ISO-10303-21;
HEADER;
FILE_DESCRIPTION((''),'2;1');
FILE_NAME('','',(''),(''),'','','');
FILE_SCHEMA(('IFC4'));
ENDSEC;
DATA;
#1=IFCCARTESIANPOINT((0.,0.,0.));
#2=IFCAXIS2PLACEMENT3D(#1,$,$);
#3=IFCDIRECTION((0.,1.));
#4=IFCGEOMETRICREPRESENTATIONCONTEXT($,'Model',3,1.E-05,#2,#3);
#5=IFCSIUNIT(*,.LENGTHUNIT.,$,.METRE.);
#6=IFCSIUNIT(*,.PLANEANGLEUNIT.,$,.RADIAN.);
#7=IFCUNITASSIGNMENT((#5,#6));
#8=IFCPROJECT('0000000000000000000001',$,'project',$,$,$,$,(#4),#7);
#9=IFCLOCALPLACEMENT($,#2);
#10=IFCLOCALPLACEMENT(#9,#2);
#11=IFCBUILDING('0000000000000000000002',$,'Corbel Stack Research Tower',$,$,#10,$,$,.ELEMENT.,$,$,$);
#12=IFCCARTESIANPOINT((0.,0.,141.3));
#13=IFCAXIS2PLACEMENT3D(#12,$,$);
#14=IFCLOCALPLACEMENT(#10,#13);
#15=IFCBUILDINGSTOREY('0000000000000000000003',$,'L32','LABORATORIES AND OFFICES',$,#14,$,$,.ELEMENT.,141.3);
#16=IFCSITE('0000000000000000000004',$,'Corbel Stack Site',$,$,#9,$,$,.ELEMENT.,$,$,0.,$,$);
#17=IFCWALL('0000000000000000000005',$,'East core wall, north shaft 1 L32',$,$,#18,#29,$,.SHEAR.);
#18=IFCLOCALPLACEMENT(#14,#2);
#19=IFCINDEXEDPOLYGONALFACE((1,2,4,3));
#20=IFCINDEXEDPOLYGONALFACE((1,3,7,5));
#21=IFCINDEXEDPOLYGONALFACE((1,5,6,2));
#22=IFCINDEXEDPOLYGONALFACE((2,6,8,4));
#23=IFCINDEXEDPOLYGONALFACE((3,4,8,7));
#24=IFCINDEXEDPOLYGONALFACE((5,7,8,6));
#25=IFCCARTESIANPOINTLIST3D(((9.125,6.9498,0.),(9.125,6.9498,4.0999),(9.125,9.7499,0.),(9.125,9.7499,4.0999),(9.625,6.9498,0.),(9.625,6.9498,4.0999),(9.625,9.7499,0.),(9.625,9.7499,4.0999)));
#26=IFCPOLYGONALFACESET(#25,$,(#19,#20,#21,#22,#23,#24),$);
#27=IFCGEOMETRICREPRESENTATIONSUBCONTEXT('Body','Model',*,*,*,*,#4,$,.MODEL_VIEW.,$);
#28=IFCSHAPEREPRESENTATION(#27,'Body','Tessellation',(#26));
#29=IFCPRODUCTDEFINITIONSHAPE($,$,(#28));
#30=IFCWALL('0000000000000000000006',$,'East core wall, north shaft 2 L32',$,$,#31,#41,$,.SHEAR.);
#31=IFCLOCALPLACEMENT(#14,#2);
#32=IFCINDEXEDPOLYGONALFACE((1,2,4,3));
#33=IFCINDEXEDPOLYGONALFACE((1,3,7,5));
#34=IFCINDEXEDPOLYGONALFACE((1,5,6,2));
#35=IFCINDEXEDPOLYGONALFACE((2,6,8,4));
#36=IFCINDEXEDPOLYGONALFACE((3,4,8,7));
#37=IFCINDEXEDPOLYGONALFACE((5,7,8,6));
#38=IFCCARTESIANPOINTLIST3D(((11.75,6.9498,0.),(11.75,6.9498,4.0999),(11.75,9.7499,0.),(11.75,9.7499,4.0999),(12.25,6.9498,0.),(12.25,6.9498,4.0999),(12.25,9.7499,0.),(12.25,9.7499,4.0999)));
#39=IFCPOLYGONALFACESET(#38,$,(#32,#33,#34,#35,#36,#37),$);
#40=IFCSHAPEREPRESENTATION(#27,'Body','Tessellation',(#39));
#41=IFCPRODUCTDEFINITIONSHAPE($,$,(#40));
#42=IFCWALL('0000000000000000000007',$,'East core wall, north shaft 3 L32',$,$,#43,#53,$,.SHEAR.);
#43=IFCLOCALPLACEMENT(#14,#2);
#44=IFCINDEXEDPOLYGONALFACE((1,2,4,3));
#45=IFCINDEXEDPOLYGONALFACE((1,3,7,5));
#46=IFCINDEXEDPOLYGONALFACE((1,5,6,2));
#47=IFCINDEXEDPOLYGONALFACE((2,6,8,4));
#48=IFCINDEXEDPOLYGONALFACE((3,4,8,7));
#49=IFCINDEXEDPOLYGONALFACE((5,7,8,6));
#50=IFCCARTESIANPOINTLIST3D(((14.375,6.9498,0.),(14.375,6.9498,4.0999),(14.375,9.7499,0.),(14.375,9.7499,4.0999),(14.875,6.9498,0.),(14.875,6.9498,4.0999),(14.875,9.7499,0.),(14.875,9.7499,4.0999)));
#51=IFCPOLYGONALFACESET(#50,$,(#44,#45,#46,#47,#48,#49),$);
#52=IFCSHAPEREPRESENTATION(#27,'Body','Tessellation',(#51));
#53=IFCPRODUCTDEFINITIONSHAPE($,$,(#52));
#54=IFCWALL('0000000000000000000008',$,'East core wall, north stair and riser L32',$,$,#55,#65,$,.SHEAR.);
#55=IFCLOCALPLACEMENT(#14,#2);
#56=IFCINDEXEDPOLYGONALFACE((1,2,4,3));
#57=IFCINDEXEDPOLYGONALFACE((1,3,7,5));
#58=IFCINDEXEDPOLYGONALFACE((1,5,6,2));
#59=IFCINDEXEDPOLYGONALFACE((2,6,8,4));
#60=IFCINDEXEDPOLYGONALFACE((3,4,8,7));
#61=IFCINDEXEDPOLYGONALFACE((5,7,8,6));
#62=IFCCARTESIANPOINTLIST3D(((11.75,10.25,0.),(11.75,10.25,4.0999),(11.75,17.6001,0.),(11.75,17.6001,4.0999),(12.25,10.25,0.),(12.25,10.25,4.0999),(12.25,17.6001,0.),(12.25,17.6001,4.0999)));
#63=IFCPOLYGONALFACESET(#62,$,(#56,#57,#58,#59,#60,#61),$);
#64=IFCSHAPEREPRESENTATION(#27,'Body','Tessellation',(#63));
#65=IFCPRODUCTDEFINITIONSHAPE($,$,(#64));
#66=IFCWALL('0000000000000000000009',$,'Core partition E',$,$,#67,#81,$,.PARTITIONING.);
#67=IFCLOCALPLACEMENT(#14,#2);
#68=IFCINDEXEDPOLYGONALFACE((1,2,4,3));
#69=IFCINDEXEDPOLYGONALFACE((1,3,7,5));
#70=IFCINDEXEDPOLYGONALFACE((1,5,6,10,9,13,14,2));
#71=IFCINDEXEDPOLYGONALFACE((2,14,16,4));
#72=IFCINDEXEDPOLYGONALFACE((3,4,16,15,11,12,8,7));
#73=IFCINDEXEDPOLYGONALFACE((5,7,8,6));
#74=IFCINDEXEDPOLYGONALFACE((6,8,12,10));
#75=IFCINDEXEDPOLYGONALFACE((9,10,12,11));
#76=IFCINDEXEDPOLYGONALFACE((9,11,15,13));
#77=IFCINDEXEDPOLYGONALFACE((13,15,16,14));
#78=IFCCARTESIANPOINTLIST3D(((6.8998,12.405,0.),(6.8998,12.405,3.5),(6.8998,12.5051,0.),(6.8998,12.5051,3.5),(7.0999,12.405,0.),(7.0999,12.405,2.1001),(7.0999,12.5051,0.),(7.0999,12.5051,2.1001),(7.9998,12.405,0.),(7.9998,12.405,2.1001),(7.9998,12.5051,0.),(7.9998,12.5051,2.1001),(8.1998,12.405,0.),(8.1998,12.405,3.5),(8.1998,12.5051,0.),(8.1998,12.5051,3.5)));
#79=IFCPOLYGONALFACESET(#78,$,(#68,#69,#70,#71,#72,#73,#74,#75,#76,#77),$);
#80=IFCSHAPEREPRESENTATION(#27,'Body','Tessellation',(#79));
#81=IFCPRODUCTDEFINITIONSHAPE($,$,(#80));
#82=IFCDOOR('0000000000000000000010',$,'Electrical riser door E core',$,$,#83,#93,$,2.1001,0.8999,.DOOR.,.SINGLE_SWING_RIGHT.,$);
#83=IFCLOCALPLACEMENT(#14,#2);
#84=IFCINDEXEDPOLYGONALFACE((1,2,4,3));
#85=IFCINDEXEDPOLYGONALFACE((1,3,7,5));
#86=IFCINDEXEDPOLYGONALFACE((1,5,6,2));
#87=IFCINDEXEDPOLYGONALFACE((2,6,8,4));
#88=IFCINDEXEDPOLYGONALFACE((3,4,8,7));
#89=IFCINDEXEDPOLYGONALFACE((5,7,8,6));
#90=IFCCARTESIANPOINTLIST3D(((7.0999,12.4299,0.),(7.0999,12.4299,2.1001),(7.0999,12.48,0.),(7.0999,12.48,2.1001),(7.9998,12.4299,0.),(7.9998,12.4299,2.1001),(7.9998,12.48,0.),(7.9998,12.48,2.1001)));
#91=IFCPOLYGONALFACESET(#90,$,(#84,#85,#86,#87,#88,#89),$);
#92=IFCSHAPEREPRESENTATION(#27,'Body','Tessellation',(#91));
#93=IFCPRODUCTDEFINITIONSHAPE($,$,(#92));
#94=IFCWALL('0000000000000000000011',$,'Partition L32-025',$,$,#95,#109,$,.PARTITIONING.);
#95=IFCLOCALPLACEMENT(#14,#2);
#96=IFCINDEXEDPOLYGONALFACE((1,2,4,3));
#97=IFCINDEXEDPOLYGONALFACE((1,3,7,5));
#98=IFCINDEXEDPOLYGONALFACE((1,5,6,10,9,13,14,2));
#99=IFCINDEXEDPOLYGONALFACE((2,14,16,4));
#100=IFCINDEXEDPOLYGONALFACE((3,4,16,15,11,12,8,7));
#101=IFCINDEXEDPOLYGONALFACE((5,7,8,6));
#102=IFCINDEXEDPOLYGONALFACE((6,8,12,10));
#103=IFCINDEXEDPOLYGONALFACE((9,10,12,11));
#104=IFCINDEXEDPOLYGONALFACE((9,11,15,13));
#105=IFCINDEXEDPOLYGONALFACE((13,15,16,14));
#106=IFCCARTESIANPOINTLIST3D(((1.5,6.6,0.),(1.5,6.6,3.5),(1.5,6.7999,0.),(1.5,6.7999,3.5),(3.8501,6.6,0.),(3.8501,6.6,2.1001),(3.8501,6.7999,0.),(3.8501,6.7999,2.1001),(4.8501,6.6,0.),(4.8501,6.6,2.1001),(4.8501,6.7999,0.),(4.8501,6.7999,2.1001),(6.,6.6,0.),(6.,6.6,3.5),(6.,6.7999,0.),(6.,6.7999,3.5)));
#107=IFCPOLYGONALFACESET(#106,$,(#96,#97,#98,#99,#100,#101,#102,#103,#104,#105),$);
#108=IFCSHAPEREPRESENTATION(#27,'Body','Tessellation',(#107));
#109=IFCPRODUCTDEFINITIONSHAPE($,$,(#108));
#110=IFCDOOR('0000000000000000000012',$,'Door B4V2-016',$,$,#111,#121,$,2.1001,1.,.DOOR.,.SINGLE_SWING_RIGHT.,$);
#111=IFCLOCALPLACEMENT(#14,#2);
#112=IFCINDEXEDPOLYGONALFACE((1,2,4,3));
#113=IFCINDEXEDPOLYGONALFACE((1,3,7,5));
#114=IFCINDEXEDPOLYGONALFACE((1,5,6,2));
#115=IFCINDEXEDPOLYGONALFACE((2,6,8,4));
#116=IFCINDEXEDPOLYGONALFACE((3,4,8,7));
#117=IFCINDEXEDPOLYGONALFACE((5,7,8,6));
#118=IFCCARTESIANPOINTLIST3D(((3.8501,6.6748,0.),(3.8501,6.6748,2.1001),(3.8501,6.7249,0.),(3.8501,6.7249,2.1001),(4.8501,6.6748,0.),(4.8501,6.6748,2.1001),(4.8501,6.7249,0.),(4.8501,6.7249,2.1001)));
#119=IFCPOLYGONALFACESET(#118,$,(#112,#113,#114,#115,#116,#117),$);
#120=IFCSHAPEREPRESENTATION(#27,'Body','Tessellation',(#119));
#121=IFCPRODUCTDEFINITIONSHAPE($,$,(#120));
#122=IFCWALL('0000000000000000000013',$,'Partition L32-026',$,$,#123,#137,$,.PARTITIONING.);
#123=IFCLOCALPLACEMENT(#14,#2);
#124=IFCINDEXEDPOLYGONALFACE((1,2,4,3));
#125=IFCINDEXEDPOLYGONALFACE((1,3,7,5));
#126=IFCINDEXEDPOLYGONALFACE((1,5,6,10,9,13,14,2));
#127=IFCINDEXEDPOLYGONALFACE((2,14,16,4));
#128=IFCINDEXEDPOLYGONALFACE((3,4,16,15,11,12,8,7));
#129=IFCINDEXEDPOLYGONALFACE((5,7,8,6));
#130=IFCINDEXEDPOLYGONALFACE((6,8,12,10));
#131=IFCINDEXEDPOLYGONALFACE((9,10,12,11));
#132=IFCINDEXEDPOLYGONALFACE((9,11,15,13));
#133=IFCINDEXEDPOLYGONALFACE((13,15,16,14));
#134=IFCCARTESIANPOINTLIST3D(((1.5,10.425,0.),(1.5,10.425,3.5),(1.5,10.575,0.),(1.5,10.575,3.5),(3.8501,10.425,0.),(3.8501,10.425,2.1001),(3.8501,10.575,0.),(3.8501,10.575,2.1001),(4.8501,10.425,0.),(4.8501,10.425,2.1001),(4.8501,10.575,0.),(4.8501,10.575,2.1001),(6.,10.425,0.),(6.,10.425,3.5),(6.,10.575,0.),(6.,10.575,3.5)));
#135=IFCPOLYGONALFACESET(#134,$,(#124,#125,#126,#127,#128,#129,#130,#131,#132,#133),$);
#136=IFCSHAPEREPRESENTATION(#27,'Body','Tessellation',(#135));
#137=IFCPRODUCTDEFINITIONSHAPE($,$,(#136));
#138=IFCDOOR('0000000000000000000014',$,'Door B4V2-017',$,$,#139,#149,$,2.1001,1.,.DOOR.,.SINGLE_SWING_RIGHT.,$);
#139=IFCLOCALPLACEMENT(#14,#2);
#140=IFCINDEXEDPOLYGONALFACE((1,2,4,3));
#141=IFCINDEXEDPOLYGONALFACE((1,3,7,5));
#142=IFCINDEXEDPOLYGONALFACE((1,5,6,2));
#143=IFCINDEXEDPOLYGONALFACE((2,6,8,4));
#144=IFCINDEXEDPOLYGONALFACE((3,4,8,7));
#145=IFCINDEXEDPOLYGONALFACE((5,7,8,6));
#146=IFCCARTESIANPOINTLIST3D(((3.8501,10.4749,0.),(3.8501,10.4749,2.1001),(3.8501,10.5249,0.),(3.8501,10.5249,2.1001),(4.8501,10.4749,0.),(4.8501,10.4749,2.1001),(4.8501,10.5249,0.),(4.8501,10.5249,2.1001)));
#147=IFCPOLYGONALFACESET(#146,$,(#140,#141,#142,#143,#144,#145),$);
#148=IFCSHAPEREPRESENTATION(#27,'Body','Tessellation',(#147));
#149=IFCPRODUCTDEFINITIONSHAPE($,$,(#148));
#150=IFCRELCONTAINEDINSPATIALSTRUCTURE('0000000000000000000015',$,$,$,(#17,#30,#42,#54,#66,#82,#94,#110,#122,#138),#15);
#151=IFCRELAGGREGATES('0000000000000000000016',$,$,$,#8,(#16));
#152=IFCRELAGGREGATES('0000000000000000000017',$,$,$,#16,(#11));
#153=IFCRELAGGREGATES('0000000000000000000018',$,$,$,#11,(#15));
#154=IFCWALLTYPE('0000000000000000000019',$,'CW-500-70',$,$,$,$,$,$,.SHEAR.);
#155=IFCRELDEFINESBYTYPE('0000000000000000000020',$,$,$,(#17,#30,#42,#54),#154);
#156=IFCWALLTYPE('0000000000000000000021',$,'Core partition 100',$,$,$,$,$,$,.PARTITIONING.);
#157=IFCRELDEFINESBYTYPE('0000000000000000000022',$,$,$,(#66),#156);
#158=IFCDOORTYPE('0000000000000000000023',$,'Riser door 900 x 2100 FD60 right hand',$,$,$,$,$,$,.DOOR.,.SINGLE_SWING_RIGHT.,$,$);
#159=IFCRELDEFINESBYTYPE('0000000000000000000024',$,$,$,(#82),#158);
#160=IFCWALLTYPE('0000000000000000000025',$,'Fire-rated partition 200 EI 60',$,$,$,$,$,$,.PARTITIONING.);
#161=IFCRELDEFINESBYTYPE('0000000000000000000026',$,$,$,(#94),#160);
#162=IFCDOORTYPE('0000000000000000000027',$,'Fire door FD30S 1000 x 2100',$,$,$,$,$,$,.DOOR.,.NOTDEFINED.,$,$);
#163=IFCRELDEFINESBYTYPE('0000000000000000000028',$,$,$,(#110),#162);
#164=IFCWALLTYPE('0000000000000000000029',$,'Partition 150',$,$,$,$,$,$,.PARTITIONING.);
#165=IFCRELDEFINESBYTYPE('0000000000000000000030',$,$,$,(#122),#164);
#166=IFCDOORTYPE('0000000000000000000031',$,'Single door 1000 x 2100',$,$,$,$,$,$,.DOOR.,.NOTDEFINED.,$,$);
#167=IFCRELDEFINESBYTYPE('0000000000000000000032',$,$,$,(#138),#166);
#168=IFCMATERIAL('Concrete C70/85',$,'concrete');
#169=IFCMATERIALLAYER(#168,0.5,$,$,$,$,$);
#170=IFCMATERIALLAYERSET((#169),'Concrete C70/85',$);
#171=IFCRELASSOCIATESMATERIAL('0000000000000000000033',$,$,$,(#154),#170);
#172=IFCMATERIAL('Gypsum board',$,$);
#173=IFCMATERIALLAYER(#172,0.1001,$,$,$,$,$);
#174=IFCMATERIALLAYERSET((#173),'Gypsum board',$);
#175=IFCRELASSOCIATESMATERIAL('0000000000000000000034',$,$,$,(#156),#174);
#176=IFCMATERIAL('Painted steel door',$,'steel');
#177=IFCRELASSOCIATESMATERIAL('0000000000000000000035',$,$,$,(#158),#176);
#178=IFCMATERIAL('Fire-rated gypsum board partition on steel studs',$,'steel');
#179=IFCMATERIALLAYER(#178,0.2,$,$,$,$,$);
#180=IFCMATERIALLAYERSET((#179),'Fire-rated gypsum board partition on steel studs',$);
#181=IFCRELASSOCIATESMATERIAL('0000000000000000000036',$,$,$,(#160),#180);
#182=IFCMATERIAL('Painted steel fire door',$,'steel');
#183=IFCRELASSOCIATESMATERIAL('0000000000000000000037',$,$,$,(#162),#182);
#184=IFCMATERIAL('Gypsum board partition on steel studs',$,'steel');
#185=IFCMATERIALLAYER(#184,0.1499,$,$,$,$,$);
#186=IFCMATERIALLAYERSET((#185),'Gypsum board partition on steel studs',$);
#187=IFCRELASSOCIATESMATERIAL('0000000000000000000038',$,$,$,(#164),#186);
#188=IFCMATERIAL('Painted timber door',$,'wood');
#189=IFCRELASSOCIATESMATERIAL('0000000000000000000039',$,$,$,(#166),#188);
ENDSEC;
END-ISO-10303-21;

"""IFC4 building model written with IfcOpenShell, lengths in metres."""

from ifc_helpers import new_model, si_unit, direction, frame, frame_2d, origin, place, context, subcontext, project, spatial, rectangle, extrude, material, layer, layer_set, type_object, element, fill, save


model = new_model("IFC4")

# Units and contexts
model_context = context("Model", 3, precision=1e-05, world=origin(), true_north=direction((0.0, 1.0)))
body_context = subcontext(model_context, "Body", "Model", "MODEL_VIEW")
ifc_project = project(units=[si_unit("LENGTHUNIT", "METRE"), si_unit("PLANEANGLEUNIT", "RADIAN")], contexts=[model_context])

# Site, building, storey
site_placement = place(None, origin())
site = spatial("IfcSite", under=ifc_project, at=site_placement, Name="Corbel Stack Site", CompositionType="ELEMENT", RefElevation=0.0)
building_placement = place(site_placement, origin())
building = spatial("IfcBuilding", under=site, at=building_placement, Name="Corbel Stack Research Tower", CompositionType="ELEMENT")
storey_placement = place(building_placement, frame((0.0, 0.0, 141.3)))
storey = spatial("IfcBuildingStorey", under=building, at=storey_placement, Name="L32", Description="LABORATORIES AND OFFICES", CompositionType="ELEMENT", Elevation=141.3)

# Shared definitions
ifc_material_1 = material(Name="Concrete C70/85", Category="concrete")
ifc_layer_1 = layer(ifc_material_1, 0.5)
ifc_layer_set_1 = layer_set([ifc_layer_1], Name="Concrete C70/85")
wall_type_1 = type_object("IfcWallType", Name="CW-500-70", PredefinedType="SHEAR", material=ifc_layer_set_1)

# Walls
for number, where, z_axis, x_axis, name in (
    (1, (9.375, 6.95, 0.0), (0.0, 0.0, 1.0), (0.0, 1.0, 0.0), "East core wall, north shaft 1 L32"),
    (2, (12.0, 6.95, 0.0), (0.0, 0.0, 1.0), (0.0, 1.0, 0.0), "East core wall, north shaft 2 L32"),
    (3, (14.625, 6.95, 0.0), (0.0, 0.0, 1.0), (0.0, 1.0, 0.0), "East core wall, north shaft 3 L32"),
):
    element("IfcWall", number, at=place(storey_placement, frame(where, z_axis=z_axis, x_axis=x_axis)), inside=storey, type_object=wall_type_1, Name=name, PredefinedType="SHEAR", context=body_context, shape_type="SweptSolid", body=[
        extrude(rectangle(XDim=2.8, YDim=0.5, at=frame_2d((1.3999, 0.0))), origin(), (0.0, 0.0, 1.0), 4.0999),
    ])
wall_1_placement = place(storey_placement, frame((12.0, 10.25, 0.0), z_axis=(0.0, 0.0, 1.0), x_axis=(0.0, 1.0, 0.0)))
element("IfcWall", 4, at=wall_1_placement, inside=storey, type_object=wall_type_1, Name="East core wall, north stair and riser L32", PredefinedType="SHEAR", context=body_context, shape_type="SweptSolid", body=[
    extrude(rectangle(XDim=7.3501, YDim=0.5, at=frame_2d((3.675, 0.0))), origin(), (0.0, 0.0, 1.0), 4.0999),
])

# Walls, openings, doors
ifc_material_2 = material(Name="Gypsum board")
ifc_layer_2 = layer(ifc_material_2, 0.1001)
ifc_layer_set_2 = layer_set([ifc_layer_2], Name="Gypsum board")
wall_type_2 = type_object("IfcWallType", Name="Core partition 100", PredefinedType="PARTITIONING", material=ifc_layer_set_2)
wall_2_placement = place(storey_placement, frame((6.8999, 12.4551, 0.0), z_axis=(0.0, 0.0, 1.0), x_axis=(1.0, 0.0, 0.0)))
wall_2 = element("IfcWall", 5, at=wall_2_placement, inside=storey, type_object=wall_type_2, Name="Core partition E", PredefinedType="PARTITIONING", context=body_context, shape_type="SweptSolid", body=[
    extrude(rectangle(XDim=1.3, YDim=0.1001, at=frame_2d((0.6499, 0.0))), origin(), (0.0, 0.0, 1.0), 3.5),
])
opening_1_placement = place(wall_2_placement, frame((0.2, 0.0, 0.0)))
opening_1 = element("IfcOpeningElement", 6, at=opening_1_placement, cuts=wall_2, PredefinedType="OPENING", context=body_context, shape_type="SweptSolid", body=[
    extrude(rectangle(XDim=0.8999, YDim=2.1001, at=frame_2d((0.45, 1.05))), frame((0.0, 0.0601, 0.0), z_axis=(0.0, -1.0, 0.0), x_axis=(1.0, 0.0, 0.0)), (0.0, 0.0, 1.0), 0.1201),
])
ifc_material_3 = material(Name="Painted steel door", Category="steel")
door_type_1 = type_object("IfcDoorType", Name="Riser door 900 x 2100 FD60 right hand", OperationType="SINGLE_SWING_RIGHT", PredefinedType="DOOR", material=ifc_material_3)
door_1_placement = place(opening_1_placement, origin())
door_1 = element("IfcDoor", 7, at=door_1_placement, inside=storey, type_object=door_type_1, Name="Electrical riser door E core", OperationType="SINGLE_SWING_RIGHT", OverallHeight=2.1001, OverallWidth=0.8999, PredefinedType="DOOR", context=body_context, shape_type="SweptSolid", body=[
    extrude(rectangle(XDim=0.8999, YDim=2.1001, at=frame_2d((0.45, 1.05))), frame((0.0, 0.0249, 0.0), z_axis=(0.0, -1.0, 0.0), x_axis=(1.0, 0.0, 0.0)), (0.0, 0.0, 1.0), 0.05),
])
fill(opening_1, door_1)
ifc_material_4 = material(Name="Fire-rated gypsum board partition on steel studs", Category="steel")
ifc_layer_3 = layer(ifc_material_4, 0.2)
ifc_layer_set_3 = layer_set([ifc_layer_3], Name="Fire-rated gypsum board partition on steel studs")
wall_type_3 = type_object("IfcWallType", Name="Fire-rated partition 200 EI 60", PredefinedType="PARTITIONING", material=ifc_layer_set_3)
wall_3_placement = place(storey_placement, frame((1.5, 6.7, 0.0), z_axis=(0.0, 0.0, 1.0), x_axis=(1.0, 0.0, 0.0)))
wall_3 = element("IfcWall", 8, at=wall_3_placement, inside=storey, type_object=wall_type_3, Name="Partition L32-025", PredefinedType="PARTITIONING", context=body_context, shape_type="SweptSolid", body=[
    extrude(rectangle(XDim=4.5, YDim=0.2, at=frame_2d((2.25, 0.0))), origin(), (0.0, 0.0, 1.0), 3.5),
])
opening_2_placement = place(wall_3_placement, frame((2.3501, 0.0, 0.0)))
opening_2 = element("IfcOpeningElement", 9, at=opening_2_placement, cuts=wall_3, PredefinedType="OPENING", context=body_context, shape_type="SweptSolid", body=[
    extrude(rectangle(XDim=1.0, YDim=2.1001, at=frame_2d((0.5, 1.05))), frame((0.0, 0.1099, 0.0), z_axis=(0.0, -1.0, 0.0), x_axis=(1.0, 0.0, 0.0)), (0.0, 0.0, 1.0), 0.22),
])
ifc_material_5 = material(Name="Painted steel fire door", Category="steel")
door_type_2 = type_object("IfcDoorType", Name="Fire door FD30S 1000 x 2100", OperationType="NOTDEFINED", PredefinedType="DOOR", material=ifc_material_5)
door_2_placement = place(opening_2_placement, origin())
door_2 = element("IfcDoor", 10, at=door_2_placement, inside=storey, type_object=door_type_2, Name="Door B4V2-016", OperationType="SINGLE_SWING_RIGHT", OverallHeight=2.1001, OverallWidth=1.0, PredefinedType="DOOR", context=body_context, shape_type="SweptSolid", body=[
    extrude(rectangle(XDim=1.0, YDim=2.1001, at=frame_2d((0.5, 1.05))), frame((0.0, 0.0249, 0.0), z_axis=(0.0, -1.0, 0.0), x_axis=(1.0, 0.0, 0.0)), (0.0, 0.0, 1.0), 0.05),
])
fill(opening_2, door_2)
ifc_material_6 = material(Name="Gypsum board partition on steel studs", Category="steel")
ifc_layer_4 = layer(ifc_material_6, 0.1499)
ifc_layer_set_4 = layer_set([ifc_layer_4], Name="Gypsum board partition on steel studs")
wall_type_4 = type_object("IfcWallType", Name="Partition 150", PredefinedType="PARTITIONING", material=ifc_layer_set_4)
wall_4_placement = place(storey_placement, frame((1.5, 10.5, 0.0), z_axis=(0.0, 0.0, 1.0), x_axis=(1.0, 0.0, 0.0)))
wall_4 = element("IfcWall", 11, at=wall_4_placement, inside=storey, type_object=wall_type_4, Name="Partition L32-026", PredefinedType="PARTITIONING", context=body_context, shape_type="SweptSolid", body=[
    extrude(rectangle(XDim=4.5, YDim=0.1499, at=frame_2d((2.25, 0.0))), origin(), (0.0, 0.0, 1.0), 3.5),
])
opening_3_placement = place(wall_4_placement, frame((2.3501, 0.0, 0.0)))
opening_3 = element("IfcOpeningElement", 12, at=opening_3_placement, cuts=wall_4, PredefinedType="OPENING", context=body_context, shape_type="SweptSolid", body=[
    extrude(rectangle(XDim=1.0, YDim=2.1001, at=frame_2d((0.5, 1.05))), frame((0.0, 0.085, 0.0), z_axis=(0.0, -1.0, 0.0), x_axis=(1.0, 0.0, 0.0)), (0.0, 0.0, 1.0), 0.1699),
])
ifc_material_7 = material(Name="Painted timber door", Category="wood")
door_type_3 = type_object("IfcDoorType", Name="Single door 1000 x 2100", OperationType="NOTDEFINED", PredefinedType="DOOR", material=ifc_material_7)
door_3_placement = place(opening_3_placement, origin())
door_3 = element("IfcDoor", 13, at=door_3_placement, inside=storey, type_object=door_type_3, Name="Door B4V2-017", OperationType="SINGLE_SWING_RIGHT", OverallHeight=2.1001, OverallWidth=1.0, PredefinedType="DOOR", context=body_context, shape_type="SweptSolid", body=[
    extrude(rectangle(XDim=1.0, YDim=2.1001, at=frame_2d((0.5, 1.05))), frame((0.0, 0.0249, 0.0), z_axis=(0.0, -1.0, 0.0), x_axis=(1.0, 0.0, 0.0)), (0.0, 0.0, 1.0), 0.05),
])
fill(opening_3, door_3)

save(model, "model.ifc")
